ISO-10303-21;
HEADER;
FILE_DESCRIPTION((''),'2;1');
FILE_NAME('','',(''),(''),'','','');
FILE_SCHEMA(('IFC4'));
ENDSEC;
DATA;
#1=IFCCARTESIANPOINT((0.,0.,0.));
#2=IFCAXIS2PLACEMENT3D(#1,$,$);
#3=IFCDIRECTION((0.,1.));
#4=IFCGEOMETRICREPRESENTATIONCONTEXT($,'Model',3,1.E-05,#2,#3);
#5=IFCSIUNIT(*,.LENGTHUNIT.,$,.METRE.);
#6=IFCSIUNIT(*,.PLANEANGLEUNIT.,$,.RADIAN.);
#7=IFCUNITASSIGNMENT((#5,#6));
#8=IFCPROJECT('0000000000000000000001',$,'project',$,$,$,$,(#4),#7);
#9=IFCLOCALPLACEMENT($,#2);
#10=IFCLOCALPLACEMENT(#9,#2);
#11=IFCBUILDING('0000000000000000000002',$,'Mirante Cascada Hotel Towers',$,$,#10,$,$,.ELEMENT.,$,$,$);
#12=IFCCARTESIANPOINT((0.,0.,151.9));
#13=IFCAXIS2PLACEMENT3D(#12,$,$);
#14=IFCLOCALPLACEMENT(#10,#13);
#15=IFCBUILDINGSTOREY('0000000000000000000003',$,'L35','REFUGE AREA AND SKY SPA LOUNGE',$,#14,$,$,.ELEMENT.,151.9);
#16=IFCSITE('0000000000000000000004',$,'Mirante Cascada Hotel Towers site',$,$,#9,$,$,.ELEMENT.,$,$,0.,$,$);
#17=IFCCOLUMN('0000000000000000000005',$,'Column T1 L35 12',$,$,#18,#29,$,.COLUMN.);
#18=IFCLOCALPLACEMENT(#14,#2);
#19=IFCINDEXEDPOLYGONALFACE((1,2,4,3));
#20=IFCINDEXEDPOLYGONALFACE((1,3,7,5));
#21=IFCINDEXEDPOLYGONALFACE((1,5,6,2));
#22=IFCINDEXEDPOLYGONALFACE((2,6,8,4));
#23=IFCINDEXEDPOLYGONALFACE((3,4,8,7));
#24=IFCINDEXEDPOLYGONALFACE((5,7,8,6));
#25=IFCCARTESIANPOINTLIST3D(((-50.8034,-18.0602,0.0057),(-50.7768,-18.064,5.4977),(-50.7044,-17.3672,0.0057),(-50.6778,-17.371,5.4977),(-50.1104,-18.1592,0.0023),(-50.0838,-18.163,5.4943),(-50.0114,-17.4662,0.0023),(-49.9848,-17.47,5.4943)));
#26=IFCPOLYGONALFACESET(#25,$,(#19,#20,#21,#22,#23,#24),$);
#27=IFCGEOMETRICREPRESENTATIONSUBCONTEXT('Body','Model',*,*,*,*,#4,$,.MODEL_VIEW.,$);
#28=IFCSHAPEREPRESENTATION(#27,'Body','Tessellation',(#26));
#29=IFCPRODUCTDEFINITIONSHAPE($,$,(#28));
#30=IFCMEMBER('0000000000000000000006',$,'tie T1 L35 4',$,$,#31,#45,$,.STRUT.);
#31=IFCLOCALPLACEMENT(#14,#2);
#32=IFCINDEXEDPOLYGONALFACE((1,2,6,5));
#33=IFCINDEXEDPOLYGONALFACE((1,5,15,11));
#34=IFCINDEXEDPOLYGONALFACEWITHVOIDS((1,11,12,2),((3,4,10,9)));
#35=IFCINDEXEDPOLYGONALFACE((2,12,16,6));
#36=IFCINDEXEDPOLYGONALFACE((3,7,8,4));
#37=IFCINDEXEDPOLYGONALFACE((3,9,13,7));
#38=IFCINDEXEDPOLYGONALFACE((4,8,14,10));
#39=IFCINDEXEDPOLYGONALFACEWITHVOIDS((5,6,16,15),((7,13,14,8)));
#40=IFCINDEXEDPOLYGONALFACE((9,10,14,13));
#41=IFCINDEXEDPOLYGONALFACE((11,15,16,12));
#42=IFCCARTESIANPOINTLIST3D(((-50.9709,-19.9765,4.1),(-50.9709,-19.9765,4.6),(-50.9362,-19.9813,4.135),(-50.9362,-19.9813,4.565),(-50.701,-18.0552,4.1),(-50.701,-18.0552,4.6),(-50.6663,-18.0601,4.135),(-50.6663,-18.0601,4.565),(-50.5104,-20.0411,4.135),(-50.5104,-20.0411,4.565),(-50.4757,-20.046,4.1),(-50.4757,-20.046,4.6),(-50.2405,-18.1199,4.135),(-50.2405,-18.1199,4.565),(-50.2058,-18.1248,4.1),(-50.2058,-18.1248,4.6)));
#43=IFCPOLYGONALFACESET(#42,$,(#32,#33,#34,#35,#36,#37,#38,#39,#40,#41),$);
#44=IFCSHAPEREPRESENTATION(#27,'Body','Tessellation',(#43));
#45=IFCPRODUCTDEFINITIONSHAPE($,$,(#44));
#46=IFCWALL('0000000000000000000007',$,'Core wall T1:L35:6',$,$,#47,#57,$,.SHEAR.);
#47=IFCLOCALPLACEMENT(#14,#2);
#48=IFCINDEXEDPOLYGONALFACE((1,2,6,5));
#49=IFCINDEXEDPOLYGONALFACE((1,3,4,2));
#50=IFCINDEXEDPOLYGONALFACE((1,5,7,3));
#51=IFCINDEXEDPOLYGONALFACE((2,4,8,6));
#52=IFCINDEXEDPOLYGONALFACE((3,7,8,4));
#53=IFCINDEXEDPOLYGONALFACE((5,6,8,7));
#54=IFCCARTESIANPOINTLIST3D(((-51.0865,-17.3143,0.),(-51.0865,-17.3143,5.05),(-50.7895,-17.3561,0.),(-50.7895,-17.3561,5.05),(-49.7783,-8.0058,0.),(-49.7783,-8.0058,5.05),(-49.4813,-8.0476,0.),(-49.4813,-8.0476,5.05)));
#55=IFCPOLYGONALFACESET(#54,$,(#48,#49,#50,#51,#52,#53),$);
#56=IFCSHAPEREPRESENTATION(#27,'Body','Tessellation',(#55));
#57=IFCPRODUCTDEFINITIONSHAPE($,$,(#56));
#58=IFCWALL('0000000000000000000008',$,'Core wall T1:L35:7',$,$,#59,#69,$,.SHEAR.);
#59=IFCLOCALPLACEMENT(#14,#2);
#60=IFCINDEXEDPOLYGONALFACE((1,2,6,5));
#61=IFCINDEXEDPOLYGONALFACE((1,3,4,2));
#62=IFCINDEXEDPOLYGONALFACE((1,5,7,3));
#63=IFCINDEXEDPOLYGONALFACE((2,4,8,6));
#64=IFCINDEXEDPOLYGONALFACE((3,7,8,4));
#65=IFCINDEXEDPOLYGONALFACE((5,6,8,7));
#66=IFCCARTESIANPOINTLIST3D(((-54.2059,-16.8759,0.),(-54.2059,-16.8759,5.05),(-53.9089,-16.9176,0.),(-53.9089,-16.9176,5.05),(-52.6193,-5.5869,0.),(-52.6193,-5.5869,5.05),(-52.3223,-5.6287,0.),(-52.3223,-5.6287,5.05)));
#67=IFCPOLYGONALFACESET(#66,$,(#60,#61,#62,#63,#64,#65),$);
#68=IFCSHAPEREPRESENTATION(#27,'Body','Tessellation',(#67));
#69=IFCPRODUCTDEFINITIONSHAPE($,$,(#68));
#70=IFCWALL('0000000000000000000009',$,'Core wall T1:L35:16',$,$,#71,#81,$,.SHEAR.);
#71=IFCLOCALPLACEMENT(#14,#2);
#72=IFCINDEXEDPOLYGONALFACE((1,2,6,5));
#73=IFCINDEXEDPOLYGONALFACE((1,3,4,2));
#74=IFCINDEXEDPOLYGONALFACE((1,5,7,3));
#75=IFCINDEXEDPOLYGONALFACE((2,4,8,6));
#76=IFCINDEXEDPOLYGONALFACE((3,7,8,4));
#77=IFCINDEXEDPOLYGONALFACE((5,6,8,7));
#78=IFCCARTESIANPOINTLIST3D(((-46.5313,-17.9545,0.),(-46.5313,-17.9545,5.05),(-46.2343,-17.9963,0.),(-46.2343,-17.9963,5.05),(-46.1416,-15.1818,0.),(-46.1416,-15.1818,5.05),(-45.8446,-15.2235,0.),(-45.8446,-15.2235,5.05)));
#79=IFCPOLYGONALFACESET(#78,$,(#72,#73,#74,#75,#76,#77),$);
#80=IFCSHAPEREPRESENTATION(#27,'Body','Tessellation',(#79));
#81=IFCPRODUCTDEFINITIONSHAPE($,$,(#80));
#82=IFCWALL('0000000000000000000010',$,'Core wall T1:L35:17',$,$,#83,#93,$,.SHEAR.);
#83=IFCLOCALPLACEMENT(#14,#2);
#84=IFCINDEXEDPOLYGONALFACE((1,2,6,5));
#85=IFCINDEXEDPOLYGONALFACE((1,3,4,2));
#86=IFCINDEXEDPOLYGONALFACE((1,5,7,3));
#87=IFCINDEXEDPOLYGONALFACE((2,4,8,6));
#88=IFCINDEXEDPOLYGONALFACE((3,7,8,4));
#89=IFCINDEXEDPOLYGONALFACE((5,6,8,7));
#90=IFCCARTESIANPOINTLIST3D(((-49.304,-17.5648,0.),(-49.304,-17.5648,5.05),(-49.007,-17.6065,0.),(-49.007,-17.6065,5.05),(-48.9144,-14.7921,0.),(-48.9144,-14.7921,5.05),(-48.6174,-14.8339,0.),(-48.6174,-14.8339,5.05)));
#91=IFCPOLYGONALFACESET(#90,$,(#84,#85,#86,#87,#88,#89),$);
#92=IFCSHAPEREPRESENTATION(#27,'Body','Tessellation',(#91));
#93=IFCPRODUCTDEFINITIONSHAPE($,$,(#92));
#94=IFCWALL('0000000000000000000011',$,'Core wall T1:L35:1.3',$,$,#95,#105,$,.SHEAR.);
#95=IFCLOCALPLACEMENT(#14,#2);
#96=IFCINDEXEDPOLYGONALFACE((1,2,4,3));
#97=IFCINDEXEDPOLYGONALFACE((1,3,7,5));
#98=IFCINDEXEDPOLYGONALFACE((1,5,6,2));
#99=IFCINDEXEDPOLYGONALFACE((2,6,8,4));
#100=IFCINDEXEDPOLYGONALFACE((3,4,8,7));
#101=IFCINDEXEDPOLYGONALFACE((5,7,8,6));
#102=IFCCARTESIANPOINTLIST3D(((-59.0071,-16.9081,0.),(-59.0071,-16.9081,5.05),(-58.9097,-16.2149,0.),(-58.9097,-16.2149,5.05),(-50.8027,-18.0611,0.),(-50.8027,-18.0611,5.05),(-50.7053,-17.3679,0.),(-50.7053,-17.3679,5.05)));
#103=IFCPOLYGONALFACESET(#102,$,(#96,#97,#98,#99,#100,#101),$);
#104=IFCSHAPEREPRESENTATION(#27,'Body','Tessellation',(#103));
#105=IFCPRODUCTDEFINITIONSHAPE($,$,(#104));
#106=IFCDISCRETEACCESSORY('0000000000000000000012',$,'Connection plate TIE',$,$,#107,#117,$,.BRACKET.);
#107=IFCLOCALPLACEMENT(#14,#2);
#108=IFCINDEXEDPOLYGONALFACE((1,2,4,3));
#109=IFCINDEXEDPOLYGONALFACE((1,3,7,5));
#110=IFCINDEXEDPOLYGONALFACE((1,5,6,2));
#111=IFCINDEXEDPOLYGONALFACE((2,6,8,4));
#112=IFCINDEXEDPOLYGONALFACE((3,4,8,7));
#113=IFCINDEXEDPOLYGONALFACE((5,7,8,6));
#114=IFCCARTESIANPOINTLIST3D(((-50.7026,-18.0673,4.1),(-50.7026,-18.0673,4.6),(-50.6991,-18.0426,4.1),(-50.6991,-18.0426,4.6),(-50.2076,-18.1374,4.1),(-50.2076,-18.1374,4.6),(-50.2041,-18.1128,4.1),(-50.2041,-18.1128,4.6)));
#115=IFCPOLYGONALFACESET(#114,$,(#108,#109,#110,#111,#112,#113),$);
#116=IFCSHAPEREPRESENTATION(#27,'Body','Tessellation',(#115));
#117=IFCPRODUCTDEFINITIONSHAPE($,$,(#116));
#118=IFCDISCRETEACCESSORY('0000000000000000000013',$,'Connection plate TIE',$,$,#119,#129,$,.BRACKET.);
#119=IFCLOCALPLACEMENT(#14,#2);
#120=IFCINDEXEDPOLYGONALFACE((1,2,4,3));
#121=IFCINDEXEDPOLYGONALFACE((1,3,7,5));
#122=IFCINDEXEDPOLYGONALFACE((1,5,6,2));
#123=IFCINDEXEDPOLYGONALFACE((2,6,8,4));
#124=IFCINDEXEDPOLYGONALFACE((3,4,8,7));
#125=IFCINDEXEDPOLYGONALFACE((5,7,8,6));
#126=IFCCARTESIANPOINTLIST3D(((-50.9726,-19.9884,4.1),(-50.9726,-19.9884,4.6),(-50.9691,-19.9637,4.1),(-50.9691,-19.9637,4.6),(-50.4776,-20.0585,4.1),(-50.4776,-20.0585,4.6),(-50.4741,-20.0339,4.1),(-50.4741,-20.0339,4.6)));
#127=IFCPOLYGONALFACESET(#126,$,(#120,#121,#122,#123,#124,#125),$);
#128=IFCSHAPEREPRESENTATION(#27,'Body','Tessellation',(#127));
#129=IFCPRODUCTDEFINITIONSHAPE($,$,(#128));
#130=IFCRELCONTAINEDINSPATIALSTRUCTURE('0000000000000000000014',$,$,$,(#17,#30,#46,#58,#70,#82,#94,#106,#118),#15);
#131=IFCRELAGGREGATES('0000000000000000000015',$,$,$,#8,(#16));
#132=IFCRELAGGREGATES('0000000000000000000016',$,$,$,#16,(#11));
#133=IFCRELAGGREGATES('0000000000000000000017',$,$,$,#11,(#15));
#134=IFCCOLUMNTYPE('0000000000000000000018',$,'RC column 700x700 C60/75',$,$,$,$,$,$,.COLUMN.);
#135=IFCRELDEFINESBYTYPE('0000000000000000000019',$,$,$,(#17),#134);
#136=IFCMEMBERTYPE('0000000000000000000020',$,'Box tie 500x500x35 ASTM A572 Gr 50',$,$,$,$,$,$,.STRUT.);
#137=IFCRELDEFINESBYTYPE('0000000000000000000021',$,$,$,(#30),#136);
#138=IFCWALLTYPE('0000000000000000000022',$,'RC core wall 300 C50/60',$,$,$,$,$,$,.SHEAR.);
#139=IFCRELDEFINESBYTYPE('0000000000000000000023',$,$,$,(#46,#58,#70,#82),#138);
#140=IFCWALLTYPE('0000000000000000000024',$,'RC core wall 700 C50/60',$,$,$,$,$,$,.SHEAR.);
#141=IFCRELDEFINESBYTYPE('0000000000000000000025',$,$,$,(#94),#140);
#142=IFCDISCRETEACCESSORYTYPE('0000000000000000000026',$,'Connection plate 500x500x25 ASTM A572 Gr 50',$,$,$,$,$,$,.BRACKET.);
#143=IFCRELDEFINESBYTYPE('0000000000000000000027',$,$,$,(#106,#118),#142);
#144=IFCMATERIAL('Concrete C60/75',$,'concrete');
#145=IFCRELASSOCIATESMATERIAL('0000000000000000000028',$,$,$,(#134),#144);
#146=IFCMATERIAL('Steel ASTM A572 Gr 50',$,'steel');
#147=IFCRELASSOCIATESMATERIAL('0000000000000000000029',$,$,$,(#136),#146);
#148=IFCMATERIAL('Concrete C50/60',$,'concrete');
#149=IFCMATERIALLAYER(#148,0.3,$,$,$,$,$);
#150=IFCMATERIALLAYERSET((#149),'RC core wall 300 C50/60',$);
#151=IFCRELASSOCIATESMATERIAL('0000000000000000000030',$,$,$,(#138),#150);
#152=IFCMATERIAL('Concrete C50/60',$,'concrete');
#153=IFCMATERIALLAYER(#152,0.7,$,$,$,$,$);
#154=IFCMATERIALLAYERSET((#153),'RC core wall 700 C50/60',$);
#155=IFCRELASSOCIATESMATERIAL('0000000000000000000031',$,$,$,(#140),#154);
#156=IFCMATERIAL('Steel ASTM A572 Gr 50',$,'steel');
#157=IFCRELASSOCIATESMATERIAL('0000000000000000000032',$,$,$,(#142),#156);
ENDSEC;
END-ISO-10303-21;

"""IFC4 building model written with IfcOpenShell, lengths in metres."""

from ifc_helpers import new_model, si_unit, direction, frame, frame_2d, origin, origin_2d, place, context, subcontext, project, spatial, rectangle, hollow_rectangle, extrude, material, layer, layer_set, material_profile, profile_set, type_object, element, save


model = new_model("IFC4")

# Units and contexts
model_context = context("Model", 3, precision=1e-05, world=origin(), true_north=direction((0.0, 1.0)))
body_context = subcontext(model_context, "Body", "Model", "MODEL_VIEW")
ifc_project = project(units=[si_unit("LENGTHUNIT", "METRE"), si_unit("PLANEANGLEUNIT", "RADIAN")], contexts=[model_context])

# Site, building, storey
site_placement = place(None, origin())
site = spatial("IfcSite", under=ifc_project, at=site_placement, Name="Mirante Cascada Hotel Towers site", CompositionType="ELEMENT", RefElevation=0.0)
building_placement = place(site_placement, origin())
building = spatial("IfcBuilding", under=site, at=building_placement, Name="Mirante Cascada Hotel Towers", CompositionType="ELEMENT")
storey_placement = place(building_placement, frame((0.0, 0.0, 151.9)))
storey = spatial("IfcBuildingStorey", under=building, at=storey_placement, Name="L35", Description="REFUGE AREA AND SKY SPA LOUNGE", CompositionType="ELEMENT", Elevation=151.9)

# Column
ifc_material_1 = material(Name="Concrete C60/75", Category="concrete")
ifc_material_profile_1 = material_profile(ifc_material_1, rectangle(XDim=0.7, YDim=0.7, at=origin_2d()), Name="RC column 700x700 C60/75")
ifc_profile_set_1 = profile_set([ifc_material_profile_1], Name="Concrete C60/75")
column_type = type_object("IfcColumnType", Name="RC column 700x700 C60/75", PredefinedType="COLUMN", material=ifc_profile_set_1)
column_placement = place(storey_placement, frame((-50.4074, -17.7632, 0.004), z_axis=(0.004843, -0.000692, 0.999988), x_axis=(0.141421, 0.98995, 0.0)))
element("IfcColumn", 1, at=column_placement, inside=storey, type_object=column_type, Name="Column T1 L35 12", PredefinedType="COLUMN", context=body_context, shape_type="SweptSolid", body=[
    extrude(rectangle(XDim=0.7, YDim=0.7, at=origin_2d()), origin(), (0.0, 0.0, 1.0), 5.4921),
])

# Member
ifc_material_2 = material(Name="Steel ASTM A572 Gr 50", Category="steel")
ifc_material_profile_2 = material_profile(ifc_material_2, hollow_rectangle(XDim=0.5, YDim=0.5, WallThickness=0.035, at=origin_2d()), Name="Box tie 500x500x35 ASTM A572 Gr 50")
ifc_profile_set_2 = profile_set([ifc_material_profile_2], Name="Steel ASTM A572 Gr 50")
member_type = type_object("IfcMemberType", Name="Box tie 500x500x35 ASTM A572 Gr 50", PredefinedType="STRUT", material=ifc_profile_set_2)
member_placement = place(storey_placement, frame((-50.4534, -18.09, 4.35), z_axis=(-0.139119, -0.990276, 0.0), x_axis=(0.990276, -0.139119, 0.0)))
element("IfcMember", 2, at=member_placement, inside=storey, type_object=member_type, Name="tie T1 L35 4", PredefinedType="STRUT", context=body_context, shape_type="SweptSolid", body=[
    extrude(hollow_rectangle(XDim=0.5, YDim=0.5, WallThickness=0.035, at=origin_2d()), origin(), (0.0, 0.0, 1.0), 1.9401),
])

# Walls
ifc_material_3 = material(Name="Concrete C50/60", Category="concrete")
ifc_layer_1 = layer(ifc_material_3, 0.3)
ifc_layer_set_1 = layer_set([ifc_layer_1], Name="RC core wall 300 C50/60")
wall_type_1 = type_object("IfcWallType", Name="RC core wall 300 C50/60", PredefinedType="SHEAR", material=ifc_layer_set_1)
wall_1_placement = place(storey_placement, frame((-50.938, -17.3352, 0.0), z_axis=(0.0, 0.0, 1.0), x_axis=(0.139171, 0.990268, 0.0)))
element("IfcWall", 3, at=wall_1_placement, inside=storey, type_object=wall_type_1, Name="Core wall T1:L35:6", PredefinedType="SHEAR", context=body_context, shape_type="SweptSolid", body=[
    extrude(rectangle(XDim=9.4, YDim=0.3, at=frame_2d((4.7, 0.0))), origin(), (0.0, 0.0, 1.0), 5.05),
])
wall_2_placement = place(storey_placement, frame((-54.0574, -16.8968, 0.0), z_axis=(0.0, 0.0, 1.0), x_axis=(0.139176, 0.990268, 0.0)))
element("IfcWall", 4, at=wall_2_placement, inside=storey, type_object=wall_type_1, Name="Core wall T1:L35:7", PredefinedType="SHEAR", context=body_context, shape_type="SweptSolid", body=[
    extrude(rectangle(XDim=11.3999, YDim=0.3, at=frame_2d((5.7, 0.0))), origin(), (0.0, 0.0, 1.0), 5.05),
])
wall_3_placement = place(storey_placement, frame((-46.3828, -17.9754, 0.0), z_axis=(0.0, 0.0, 1.0), x_axis=(0.139181, 0.990267, 0.0)))
element("IfcWall", 5, at=wall_3_placement, inside=storey, type_object=wall_type_1, Name="Core wall T1:L35:16", PredefinedType="SHEAR", context=body_context, shape_type="SweptSolid", body=[
    extrude(rectangle(XDim=2.8, YDim=0.3, at=frame_2d((1.4, 0.0))), origin(), (0.0, 0.0, 1.0), 5.05),
])
wall_4_placement = place(storey_placement, frame((-49.1555, -17.5857, 0.0), z_axis=(0.0, 0.0, 1.0), x_axis=(0.139146, 0.990272, 0.0)))
element("IfcWall", 6, at=wall_4_placement, inside=storey, type_object=wall_type_1, Name="Core wall T1:L35:17", PredefinedType="SHEAR", context=body_context, shape_type="SweptSolid", body=[
    extrude(rectangle(XDim=2.7999, YDim=0.3, at=frame_2d((1.4, 0.0))), origin(), (0.0, 0.0, 1.0), 5.05),
])

# Wall
ifc_material_4 = material(Name="Concrete C50/60", Category="concrete")
ifc_layer_2 = layer(ifc_material_4, 0.7)
ifc_layer_set_2 = layer_set([ifc_layer_2], Name="RC core wall 700 C50/60")
wall_type_2 = type_object("IfcWallType", Name="RC core wall 700 C50/60", PredefinedType="SHEAR", material=ifc_layer_set_2)
wall_5_placement = place(storey_placement, frame((-50.754, -17.7145, 0.0), z_axis=(0.0, 0.0, 1.0), x_axis=(-0.990269, 0.139167, 0.0)))
element("IfcWall", 7, at=wall_5_placement, inside=storey, type_object=wall_type_2, Name="Core wall T1:L35:1.3", PredefinedType="SHEAR", context=body_context, shape_type="SweptSolid", body=[
    extrude(rectangle(XDim=8.285, YDim=0.7, at=frame_2d((4.1425, 0.0))), origin(), (0.0, 0.0, 1.0), 5.05),
])

# Discrete accessories
ifc_material_5 = material(Name="Steel ASTM A572 Gr 50", Category="steel")
ifc_material_profile_3 = material_profile(ifc_material_5, rectangle(XDim=0.5, YDim=0.5, at=origin_2d()), Name="Connection plate 500x500x25 ASTM A572 Gr 50")
ifc_profile_set_3 = profile_set([ifc_material_profile_3], Name="Steel ASTM A572 Gr 50")
discrete_accessory_type = type_object("IfcDiscreteAccessoryType", Name="Connection plate 500x500x25 ASTM A572 Gr 50", PredefinedType="BRACKET", material=ifc_profile_set_3)
for number, where, z_axis, x_axis, name in (
    (8, (-50.4516, -18.0777, 4.35), (-0.140299, -0.990109, 0.0), (0.990109, -0.140299, 0.0), "Connection plate TIE"),
    (9, (-50.7216, -19.9988, 4.35), (-0.140299, -0.990109, 0.0), (0.990109, -0.140299, 0.0), "Connection plate TIE"),
):
    element("IfcDiscreteAccessory", number, at=place(storey_placement, frame(where, z_axis=z_axis, x_axis=x_axis)), inside=storey, type_object=discrete_accessory_type, Name=name, PredefinedType="BRACKET", context=body_context, shape_type="SweptSolid", body=[
        extrude(rectangle(XDim=0.5, YDim=0.5, at=origin_2d()), origin(), (0.0, 0.0, 1.0), 0.0249),
    ])

save(model, "model.ifc")
